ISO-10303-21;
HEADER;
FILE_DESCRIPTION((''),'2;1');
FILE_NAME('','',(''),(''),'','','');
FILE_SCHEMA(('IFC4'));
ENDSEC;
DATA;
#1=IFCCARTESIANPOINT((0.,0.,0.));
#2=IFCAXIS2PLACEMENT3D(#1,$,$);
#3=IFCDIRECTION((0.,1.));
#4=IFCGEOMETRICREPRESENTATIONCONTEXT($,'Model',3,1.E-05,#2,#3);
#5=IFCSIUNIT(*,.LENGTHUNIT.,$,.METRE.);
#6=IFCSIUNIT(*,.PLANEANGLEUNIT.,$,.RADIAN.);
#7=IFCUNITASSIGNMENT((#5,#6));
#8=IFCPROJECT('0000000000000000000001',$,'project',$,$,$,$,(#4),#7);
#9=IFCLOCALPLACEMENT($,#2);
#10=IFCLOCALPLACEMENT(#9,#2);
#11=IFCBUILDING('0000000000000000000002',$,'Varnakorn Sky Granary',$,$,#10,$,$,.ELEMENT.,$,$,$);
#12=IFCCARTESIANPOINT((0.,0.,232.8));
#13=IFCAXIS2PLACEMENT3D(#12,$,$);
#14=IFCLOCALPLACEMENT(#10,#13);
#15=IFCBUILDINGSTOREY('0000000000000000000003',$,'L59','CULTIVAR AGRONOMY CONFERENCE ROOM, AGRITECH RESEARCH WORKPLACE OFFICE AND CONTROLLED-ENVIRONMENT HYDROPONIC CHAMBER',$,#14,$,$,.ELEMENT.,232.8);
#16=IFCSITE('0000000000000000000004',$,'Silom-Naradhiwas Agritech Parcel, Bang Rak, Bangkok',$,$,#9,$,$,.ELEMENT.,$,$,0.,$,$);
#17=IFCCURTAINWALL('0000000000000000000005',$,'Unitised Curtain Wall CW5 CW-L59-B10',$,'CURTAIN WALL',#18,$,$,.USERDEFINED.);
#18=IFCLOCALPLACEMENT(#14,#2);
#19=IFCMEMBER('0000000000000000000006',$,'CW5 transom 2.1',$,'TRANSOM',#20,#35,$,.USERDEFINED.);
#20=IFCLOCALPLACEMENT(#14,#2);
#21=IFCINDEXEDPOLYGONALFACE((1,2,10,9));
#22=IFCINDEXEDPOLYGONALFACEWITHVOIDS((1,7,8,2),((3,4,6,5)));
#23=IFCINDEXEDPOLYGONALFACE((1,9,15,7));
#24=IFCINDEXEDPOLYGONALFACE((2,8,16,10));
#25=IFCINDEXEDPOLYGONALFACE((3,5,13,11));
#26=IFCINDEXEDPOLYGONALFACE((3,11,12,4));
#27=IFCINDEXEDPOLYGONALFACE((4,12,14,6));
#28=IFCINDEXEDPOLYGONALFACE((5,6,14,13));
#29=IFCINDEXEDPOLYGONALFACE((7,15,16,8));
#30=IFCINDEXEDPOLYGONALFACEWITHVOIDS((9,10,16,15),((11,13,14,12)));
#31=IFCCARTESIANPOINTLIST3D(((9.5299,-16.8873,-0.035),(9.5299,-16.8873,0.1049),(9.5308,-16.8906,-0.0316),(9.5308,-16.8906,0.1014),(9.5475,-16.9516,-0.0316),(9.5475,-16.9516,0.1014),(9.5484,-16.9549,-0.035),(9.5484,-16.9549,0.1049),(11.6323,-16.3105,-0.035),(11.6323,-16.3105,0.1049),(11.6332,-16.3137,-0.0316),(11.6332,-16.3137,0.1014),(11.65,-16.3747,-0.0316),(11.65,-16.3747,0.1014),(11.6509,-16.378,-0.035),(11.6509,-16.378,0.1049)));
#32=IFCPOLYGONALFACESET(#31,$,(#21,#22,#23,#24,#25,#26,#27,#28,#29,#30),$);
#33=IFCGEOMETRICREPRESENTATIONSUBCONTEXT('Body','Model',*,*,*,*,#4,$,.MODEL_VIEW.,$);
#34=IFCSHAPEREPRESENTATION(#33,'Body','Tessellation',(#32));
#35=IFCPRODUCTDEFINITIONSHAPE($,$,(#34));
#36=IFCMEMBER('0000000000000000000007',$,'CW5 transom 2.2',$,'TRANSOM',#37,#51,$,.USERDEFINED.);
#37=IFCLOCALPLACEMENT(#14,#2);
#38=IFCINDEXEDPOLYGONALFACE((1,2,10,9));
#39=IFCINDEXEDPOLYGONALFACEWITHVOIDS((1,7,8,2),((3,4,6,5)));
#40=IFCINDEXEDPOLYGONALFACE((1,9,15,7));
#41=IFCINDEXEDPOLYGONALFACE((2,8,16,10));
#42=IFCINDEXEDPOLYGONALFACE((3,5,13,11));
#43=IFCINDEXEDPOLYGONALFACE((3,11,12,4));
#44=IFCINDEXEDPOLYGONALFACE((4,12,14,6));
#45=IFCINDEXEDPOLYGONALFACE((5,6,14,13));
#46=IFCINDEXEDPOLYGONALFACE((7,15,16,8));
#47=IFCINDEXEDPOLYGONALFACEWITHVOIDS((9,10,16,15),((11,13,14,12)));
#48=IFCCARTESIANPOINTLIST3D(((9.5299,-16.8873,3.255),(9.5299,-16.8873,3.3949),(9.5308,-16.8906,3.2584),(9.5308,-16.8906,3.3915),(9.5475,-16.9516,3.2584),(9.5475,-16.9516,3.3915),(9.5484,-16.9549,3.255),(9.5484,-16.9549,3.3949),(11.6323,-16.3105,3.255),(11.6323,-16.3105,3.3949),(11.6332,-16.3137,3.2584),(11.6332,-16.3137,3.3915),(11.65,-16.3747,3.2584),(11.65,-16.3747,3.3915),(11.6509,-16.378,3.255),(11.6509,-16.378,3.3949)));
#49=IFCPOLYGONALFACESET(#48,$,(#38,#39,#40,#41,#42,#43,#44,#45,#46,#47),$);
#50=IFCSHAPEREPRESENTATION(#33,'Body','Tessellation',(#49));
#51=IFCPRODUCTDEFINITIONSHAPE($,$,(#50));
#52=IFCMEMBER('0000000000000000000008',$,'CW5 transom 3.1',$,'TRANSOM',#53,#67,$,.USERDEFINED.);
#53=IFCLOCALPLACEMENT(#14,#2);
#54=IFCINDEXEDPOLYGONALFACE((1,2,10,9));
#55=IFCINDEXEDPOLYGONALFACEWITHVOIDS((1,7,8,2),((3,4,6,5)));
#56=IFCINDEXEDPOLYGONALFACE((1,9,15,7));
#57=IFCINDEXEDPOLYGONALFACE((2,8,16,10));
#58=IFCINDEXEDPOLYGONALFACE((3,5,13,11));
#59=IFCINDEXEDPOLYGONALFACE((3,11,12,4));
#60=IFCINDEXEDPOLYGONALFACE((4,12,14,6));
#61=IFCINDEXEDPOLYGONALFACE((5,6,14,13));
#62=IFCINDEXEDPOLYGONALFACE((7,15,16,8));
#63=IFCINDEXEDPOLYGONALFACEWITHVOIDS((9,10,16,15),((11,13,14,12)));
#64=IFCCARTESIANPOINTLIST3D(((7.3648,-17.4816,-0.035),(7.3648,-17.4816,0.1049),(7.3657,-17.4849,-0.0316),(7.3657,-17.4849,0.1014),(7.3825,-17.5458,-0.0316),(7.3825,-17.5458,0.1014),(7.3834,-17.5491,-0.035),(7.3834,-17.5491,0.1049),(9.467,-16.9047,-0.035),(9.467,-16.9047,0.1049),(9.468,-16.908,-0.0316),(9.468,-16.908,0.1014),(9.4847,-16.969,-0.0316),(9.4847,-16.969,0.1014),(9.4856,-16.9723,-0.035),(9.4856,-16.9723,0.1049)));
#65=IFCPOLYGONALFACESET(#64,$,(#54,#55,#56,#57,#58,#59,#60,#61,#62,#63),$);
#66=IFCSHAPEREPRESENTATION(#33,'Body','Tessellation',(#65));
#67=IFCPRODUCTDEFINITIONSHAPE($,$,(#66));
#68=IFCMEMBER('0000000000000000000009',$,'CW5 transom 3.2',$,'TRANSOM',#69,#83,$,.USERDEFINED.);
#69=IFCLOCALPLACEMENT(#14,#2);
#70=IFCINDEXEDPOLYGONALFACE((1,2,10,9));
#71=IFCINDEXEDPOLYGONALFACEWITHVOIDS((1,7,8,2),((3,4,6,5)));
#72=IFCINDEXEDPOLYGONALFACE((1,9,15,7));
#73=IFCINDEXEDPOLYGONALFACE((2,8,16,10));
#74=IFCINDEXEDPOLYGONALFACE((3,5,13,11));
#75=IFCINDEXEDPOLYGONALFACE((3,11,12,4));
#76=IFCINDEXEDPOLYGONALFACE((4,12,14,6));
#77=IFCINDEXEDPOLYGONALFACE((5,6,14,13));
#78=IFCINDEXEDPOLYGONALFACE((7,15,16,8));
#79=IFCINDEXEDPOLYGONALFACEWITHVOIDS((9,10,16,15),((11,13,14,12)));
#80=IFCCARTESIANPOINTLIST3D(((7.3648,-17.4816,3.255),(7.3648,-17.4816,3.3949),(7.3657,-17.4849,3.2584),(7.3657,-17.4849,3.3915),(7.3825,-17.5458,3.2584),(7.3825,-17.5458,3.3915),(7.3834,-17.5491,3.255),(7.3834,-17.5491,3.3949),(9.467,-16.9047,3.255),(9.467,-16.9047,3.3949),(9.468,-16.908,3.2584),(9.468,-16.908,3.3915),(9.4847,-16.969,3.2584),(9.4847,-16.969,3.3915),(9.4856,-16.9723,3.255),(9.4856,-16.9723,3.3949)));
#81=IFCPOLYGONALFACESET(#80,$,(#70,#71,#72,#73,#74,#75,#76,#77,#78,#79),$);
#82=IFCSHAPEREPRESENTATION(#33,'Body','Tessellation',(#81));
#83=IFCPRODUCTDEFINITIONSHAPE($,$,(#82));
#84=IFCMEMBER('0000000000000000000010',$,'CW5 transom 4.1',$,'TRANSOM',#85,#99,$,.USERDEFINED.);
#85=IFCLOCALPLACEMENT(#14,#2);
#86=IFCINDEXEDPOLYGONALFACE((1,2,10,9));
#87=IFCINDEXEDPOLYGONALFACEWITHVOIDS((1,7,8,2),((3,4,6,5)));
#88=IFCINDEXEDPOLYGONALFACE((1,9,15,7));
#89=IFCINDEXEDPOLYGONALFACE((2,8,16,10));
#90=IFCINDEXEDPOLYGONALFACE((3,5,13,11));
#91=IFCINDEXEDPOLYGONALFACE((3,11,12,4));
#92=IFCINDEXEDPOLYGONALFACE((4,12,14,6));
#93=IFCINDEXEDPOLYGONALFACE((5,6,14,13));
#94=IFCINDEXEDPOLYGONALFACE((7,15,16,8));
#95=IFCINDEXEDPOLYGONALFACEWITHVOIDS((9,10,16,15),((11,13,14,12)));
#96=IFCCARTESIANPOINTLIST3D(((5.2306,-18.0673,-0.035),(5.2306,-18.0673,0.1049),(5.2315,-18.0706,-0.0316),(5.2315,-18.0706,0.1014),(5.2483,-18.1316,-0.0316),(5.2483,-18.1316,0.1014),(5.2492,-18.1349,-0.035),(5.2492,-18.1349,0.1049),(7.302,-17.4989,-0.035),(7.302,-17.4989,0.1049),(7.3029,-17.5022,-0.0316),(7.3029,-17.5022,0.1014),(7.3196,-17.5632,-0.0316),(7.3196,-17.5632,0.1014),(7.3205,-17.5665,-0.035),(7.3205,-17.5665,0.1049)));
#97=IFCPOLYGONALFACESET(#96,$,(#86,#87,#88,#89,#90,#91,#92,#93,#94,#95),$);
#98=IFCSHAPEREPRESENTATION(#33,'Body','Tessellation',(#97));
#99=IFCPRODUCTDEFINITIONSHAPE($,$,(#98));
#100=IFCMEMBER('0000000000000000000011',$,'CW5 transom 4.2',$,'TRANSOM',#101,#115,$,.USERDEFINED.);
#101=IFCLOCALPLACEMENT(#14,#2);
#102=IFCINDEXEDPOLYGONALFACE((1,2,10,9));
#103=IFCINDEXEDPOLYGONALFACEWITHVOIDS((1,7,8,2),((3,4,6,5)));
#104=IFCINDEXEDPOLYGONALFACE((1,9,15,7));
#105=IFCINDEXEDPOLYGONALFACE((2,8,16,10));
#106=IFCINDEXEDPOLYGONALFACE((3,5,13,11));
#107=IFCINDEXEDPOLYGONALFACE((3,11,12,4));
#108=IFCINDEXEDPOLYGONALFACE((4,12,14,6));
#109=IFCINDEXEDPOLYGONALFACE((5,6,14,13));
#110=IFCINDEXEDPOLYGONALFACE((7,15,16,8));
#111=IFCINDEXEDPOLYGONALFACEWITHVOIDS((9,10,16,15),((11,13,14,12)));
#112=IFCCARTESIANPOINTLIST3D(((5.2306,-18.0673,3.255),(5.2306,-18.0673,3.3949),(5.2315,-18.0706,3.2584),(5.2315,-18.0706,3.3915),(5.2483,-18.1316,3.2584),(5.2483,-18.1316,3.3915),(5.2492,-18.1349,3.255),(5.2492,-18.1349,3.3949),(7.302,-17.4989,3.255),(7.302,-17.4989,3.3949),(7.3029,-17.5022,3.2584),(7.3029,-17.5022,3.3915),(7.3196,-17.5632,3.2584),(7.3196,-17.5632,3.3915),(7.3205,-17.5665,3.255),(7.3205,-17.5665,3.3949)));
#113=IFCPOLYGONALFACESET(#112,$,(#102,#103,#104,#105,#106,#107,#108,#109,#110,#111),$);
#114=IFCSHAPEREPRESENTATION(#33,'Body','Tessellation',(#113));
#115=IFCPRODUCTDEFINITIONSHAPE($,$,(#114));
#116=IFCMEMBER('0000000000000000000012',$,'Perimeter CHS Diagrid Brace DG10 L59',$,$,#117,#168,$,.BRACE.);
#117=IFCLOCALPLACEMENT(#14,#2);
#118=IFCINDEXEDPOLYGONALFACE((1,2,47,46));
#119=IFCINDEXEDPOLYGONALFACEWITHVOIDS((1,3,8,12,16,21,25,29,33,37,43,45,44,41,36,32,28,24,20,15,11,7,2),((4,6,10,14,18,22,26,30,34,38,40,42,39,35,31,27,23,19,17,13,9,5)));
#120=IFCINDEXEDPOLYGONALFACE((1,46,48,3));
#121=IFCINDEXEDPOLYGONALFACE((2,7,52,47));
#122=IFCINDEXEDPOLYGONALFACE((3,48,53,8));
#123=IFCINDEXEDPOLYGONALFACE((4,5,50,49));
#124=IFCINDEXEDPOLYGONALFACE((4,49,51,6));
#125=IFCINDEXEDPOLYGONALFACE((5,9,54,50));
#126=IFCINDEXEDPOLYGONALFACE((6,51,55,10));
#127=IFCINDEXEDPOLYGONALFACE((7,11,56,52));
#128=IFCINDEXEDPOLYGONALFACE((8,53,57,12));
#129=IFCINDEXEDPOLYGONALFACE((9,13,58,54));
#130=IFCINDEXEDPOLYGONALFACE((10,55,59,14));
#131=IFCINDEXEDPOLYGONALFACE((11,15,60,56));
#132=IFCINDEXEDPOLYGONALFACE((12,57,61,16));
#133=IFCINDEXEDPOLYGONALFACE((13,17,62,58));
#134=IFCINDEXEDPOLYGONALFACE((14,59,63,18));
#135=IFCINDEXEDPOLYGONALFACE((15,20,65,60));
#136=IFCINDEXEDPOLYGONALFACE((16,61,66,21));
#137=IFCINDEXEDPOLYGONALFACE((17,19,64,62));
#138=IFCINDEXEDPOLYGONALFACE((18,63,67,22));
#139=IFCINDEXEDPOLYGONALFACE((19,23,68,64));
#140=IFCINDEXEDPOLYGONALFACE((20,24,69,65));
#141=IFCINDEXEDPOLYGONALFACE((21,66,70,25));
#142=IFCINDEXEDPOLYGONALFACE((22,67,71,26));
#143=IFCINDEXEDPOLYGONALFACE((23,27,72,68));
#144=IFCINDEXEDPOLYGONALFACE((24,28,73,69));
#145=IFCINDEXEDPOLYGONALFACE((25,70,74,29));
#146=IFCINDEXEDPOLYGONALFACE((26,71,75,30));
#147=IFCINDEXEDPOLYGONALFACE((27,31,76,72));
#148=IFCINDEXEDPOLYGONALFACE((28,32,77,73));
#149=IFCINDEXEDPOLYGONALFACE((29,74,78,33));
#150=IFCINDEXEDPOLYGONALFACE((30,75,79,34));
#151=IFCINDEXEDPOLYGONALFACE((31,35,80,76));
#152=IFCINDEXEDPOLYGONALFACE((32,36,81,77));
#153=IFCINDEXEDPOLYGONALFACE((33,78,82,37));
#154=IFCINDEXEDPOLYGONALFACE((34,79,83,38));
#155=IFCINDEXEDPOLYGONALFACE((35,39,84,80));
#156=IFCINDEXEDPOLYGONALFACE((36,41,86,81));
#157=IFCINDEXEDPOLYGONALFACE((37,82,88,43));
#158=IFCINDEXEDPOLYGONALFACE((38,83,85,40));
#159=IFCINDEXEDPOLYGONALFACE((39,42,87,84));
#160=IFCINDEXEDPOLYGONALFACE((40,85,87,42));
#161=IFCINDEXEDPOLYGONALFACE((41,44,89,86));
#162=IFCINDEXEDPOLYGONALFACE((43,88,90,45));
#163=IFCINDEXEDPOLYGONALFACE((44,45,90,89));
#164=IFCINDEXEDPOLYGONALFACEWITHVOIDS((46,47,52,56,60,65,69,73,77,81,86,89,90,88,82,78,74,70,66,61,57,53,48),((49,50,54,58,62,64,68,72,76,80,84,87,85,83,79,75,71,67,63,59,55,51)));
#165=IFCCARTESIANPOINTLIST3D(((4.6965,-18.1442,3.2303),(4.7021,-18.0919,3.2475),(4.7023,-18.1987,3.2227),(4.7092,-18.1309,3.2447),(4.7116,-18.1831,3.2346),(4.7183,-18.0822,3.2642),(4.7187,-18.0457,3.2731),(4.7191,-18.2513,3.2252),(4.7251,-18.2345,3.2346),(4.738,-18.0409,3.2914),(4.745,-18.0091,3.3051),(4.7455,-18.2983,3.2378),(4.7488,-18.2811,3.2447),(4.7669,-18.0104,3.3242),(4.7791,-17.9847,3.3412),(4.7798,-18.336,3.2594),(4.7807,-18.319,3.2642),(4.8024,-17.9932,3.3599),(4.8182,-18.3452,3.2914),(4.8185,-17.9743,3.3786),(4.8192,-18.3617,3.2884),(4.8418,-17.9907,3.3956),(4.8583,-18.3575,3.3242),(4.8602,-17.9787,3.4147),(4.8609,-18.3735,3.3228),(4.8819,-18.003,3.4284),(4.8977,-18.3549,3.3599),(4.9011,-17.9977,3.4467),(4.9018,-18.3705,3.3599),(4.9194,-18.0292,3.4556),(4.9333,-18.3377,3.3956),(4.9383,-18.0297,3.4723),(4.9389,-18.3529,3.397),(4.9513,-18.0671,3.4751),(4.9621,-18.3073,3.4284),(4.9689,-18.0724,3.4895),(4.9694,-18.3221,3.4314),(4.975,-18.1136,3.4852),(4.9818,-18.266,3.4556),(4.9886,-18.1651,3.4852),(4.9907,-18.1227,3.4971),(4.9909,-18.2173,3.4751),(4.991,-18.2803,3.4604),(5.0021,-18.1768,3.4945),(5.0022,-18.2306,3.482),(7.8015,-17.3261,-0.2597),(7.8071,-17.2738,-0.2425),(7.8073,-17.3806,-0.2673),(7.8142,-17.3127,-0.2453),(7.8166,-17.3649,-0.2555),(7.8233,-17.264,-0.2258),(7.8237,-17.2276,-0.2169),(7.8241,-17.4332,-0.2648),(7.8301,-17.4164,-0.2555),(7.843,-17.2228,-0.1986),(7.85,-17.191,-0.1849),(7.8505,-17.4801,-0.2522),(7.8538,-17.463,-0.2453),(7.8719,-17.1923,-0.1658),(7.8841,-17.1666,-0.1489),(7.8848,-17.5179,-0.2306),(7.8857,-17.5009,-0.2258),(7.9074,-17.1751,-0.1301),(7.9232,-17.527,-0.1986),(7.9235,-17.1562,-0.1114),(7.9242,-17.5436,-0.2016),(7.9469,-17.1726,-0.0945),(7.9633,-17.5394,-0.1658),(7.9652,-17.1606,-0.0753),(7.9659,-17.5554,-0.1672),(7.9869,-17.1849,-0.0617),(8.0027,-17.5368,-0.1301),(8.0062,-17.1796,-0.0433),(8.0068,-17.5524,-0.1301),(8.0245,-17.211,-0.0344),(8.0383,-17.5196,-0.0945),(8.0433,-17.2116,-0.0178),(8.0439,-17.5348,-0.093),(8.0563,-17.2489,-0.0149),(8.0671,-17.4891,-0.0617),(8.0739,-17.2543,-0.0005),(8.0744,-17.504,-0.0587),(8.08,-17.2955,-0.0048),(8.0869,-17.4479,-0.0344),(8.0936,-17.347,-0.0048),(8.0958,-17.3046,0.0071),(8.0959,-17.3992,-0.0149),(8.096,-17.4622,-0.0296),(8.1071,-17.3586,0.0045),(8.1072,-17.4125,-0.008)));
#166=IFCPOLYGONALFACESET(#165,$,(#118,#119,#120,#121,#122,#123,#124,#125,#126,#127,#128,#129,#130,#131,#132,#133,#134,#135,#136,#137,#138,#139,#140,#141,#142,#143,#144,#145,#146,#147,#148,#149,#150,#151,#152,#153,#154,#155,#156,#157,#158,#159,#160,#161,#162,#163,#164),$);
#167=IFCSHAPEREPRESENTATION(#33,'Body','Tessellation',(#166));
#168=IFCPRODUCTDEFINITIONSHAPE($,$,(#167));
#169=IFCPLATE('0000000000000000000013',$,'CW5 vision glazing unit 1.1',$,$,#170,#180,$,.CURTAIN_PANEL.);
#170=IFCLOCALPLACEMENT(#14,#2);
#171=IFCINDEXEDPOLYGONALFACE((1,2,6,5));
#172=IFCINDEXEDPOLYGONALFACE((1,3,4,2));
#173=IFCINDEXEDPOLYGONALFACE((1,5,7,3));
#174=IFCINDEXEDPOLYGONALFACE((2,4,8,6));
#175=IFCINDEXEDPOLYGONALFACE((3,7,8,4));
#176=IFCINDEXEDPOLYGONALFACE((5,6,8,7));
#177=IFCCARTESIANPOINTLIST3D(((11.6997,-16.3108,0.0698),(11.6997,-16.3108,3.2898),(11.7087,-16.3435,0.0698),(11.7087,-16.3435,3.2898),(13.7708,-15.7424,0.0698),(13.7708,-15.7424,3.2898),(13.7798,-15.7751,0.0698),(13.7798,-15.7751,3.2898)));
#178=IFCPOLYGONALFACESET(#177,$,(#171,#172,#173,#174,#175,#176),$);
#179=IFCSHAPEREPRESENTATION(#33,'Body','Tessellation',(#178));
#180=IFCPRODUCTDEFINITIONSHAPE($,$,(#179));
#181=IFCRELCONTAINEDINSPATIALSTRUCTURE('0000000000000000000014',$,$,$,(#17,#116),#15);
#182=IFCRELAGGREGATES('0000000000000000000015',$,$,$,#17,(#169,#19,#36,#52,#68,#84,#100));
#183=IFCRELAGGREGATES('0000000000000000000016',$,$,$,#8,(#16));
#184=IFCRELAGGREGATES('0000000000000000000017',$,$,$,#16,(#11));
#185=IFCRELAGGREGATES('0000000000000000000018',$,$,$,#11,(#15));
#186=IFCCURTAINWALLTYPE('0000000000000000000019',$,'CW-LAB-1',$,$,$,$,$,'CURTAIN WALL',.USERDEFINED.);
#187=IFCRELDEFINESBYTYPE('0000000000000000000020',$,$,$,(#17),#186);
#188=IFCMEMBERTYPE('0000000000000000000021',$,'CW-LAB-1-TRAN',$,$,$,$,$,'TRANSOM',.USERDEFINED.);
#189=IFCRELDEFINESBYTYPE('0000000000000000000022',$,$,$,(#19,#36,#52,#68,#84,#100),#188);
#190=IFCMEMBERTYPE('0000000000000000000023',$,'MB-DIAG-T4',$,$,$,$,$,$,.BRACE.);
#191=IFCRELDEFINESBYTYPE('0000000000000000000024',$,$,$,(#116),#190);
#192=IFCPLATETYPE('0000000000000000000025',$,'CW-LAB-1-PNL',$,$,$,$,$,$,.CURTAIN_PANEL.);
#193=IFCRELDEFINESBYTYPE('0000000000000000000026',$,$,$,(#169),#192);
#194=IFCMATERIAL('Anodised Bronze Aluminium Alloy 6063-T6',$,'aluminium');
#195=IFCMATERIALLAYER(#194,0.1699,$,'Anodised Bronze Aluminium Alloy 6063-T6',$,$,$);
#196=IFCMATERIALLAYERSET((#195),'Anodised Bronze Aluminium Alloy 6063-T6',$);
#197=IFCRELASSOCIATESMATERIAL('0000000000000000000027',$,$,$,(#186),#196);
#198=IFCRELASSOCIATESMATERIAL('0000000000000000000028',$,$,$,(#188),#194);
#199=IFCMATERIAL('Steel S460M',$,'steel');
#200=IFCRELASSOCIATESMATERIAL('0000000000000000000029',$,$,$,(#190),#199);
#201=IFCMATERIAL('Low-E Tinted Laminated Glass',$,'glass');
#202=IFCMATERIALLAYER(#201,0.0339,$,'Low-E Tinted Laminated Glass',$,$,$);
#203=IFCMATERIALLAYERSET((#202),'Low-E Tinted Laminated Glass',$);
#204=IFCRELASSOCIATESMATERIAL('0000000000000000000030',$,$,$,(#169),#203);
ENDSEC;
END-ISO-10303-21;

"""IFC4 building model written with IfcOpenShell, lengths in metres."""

from ifc_helpers import new_model, si_unit, direction, frame, origin, origin_2d, place, context, subcontext, project, spatial, rectangle, hollow_rectangle, hollow_circle, extrude, source, transform, mapped, material, layer, layer_set, material_profile, profile_set, type_object, element, aggregate, save


model = new_model("IFC4")

# Units and contexts
model_context = context("Model", 3, precision=1e-05, world=origin(), true_north=direction((0.0, 1.0)))
body_context = subcontext(model_context, "Body", "Model", "MODEL_VIEW")
ifc_project = project(units=[si_unit("LENGTHUNIT", "METRE"), si_unit("PLANEANGLEUNIT", "RADIAN")], contexts=[model_context])

# Site, building, storey
site_placement = place(None, origin())
site = spatial("IfcSite", under=ifc_project, at=site_placement, Name="Silom-Naradhiwas Agritech Parcel, Bang Rak, Bangkok", CompositionType="ELEMENT", RefElevation=0.0)
building_placement = place(site_placement, origin())
building = spatial("IfcBuilding", under=site, at=building_placement, Name="Varnakorn Sky Granary", CompositionType="ELEMENT")
storey_placement = place(building_placement, frame((0.0, 0.0, 232.8)))
storey = spatial("IfcBuildingStorey", under=building, at=storey_placement, Name="L59", Description="CULTIVAR AGRONOMY CONFERENCE ROOM, AGRITECH RESEARCH WORKPLACE OFFICE AND CONTROLLED-ENVIRONMENT HYDROPONIC CHAMBER", CompositionType="ELEMENT", Elevation=232.8)

# Shared definitions
ifc_material_1 = material(Name="Steel S460M", Category="steel")

# Curtain wall, members
ifc_material_2 = material(Name="Anodised Bronze Aluminium Alloy 6063-T6", Category="aluminium")
ifc_layer_1 = layer(ifc_material_2, 0.1699, Name="Anodised Bronze Aluminium Alloy 6063-T6")
ifc_layer_set_1 = layer_set([ifc_layer_1], Name="Anodised Bronze Aluminium Alloy 6063-T6")
curtain_wall_type = type_object("IfcCurtainWallType", Name="CW-LAB-1", ElementType="CURTAIN WALL", PredefinedType="USERDEFINED", material=ifc_layer_set_1)
curtain_wall_placement = place(storey_placement, origin())
curtain_wall = element("IfcCurtainWall", 1, at=curtain_wall_placement, inside=storey, type_object=curtain_wall_type, Name="Unitised Curtain Wall CW5 CW-L59-B10", ObjectType="CURTAIN WALL", PredefinedType="USERDEFINED")
ifc_material_profile_1 = material_profile(ifc_material_2, hollow_rectangle(XDim=0.0701, YDim=0.1399, WallThickness=0.0034, at=origin_2d()), Name="ALU TRAN 70x140")
ifc_profile_set_1 = profile_set([ifc_material_profile_1], Name="Anodised Bronze Aluminium Alloy 6063-T6")
member_type_1 = type_object("IfcMemberType", Name="CW-LAB-1-TRAN", ElementType="TRANSOM", PredefinedType="USERDEFINED", material=ifc_profile_set_1)
member_1_placement = place(storey_placement, frame((11.6416, -16.3442, 0.0349), z_axis=(-0.964357, -0.264605, 0.0), x_axis=(0.264605, -0.964357, 0.0)))
member_1 = element("IfcMember", 2, at=member_1_placement, type_object=member_type_1, Name="CW5 transom 2.1", ObjectType="TRANSOM", PredefinedType="USERDEFINED", context=body_context, shape_type="SweptSolid", body=[
    extrude(hollow_rectangle(XDim=0.0701, YDim=0.1399, WallThickness=0.0034, at=origin_2d()), origin(), (0.0, 0.0, 1.0), 2.1802),
])
member_2_placement = place(storey_placement, frame((11.6416, -16.3442, 3.325), z_axis=(-0.964357, -0.264605, 0.0), x_axis=(0.264605, -0.964357, 0.0)))
member_2 = element("IfcMember", 3, at=member_2_placement, type_object=member_type_1, Name="CW5 transom 2.2", ObjectType="TRANSOM", PredefinedType="USERDEFINED", context=body_context, shape_type="SweptSolid", body=[
    extrude(hollow_rectangle(XDim=0.0701, YDim=0.1399, WallThickness=0.0034, at=origin_2d()), origin(), (0.0, 0.0, 1.0), 2.1802),
])
member_3_placement = place(storey_placement, frame((9.4763, -16.9385, 0.0349), z_axis=(-0.964349, -0.264633, 0.0), x_axis=(0.264633, -0.964349, 0.0)))
member_3 = element("IfcMember", 4, at=member_3_placement, type_object=member_type_1, Name="CW5 transom 3.1", ObjectType="TRANSOM", PredefinedType="USERDEFINED", context=body_context, shape_type="SweptSolid", body=[
    extrude(hollow_rectangle(XDim=0.0701, YDim=0.1399, WallThickness=0.0034, at=origin_2d()), origin(), (0.0, 0.0, 1.0), 2.1799),
])
member_4_placement = place(storey_placement, frame((9.4763, -16.9385, 3.325), z_axis=(-0.964349, -0.264633, 0.0), x_axis=(0.264633, -0.964349, 0.0)))
member_4 = element("IfcMember", 5, at=member_4_placement, type_object=member_type_1, Name="CW5 transom 3.2", ObjectType="TRANSOM", PredefinedType="USERDEFINED", context=body_context, shape_type="SweptSolid", body=[
    extrude(hollow_rectangle(XDim=0.0701, YDim=0.1399, WallThickness=0.0034, at=origin_2d()), origin(), (0.0, 0.0, 1.0), 2.1799),
])
member_5_placement = place(storey_placement, frame((7.3113, -17.5327, 0.0349), z_axis=(-0.964353, -0.264617, 0.0), x_axis=(0.264617, -0.964353, 0.0)))
member_5 = element("IfcMember", 6, at=member_5_placement, type_object=member_type_1, Name="CW5 transom 4.1", ObjectType="TRANSOM", PredefinedType="USERDEFINED", context=body_context, shape_type="SweptSolid", body=[
    extrude(hollow_rectangle(XDim=0.0701, YDim=0.1399, WallThickness=0.0034, at=origin_2d()), origin(), (0.0, 0.0, 1.0), 2.1479),
])
member_6_placement = place(storey_placement, frame((7.3113, -17.5327, 3.325), z_axis=(-0.964353, -0.264617, 0.0), x_axis=(0.264617, -0.964353, 0.0)))
member_6 = element("IfcMember", 7, at=member_6_placement, type_object=member_type_1, Name="CW5 transom 4.2", ObjectType="TRANSOM", PredefinedType="USERDEFINED", context=body_context, shape_type="SweptSolid", body=[
    extrude(hollow_rectangle(XDim=0.0701, YDim=0.1399, WallThickness=0.0034, at=origin_2d()), origin(), (0.0, 0.0, 1.0), 2.1479),
])

# Member
ifc_material_profile_2 = material_profile(ifc_material_1, hollow_circle(Radius=0.2031, WallThickness=0.0161, at=origin_2d()), Name="CHS 406.4x16")
ifc_profile_set_2 = profile_set([ifc_material_profile_2], Name="Steel S460M")
member_type_2 = type_object("IfcMemberType", Name="MB-DIAG-T4", PredefinedType="BRACE", material=ifc_profile_set_2)
member_7_placement = place(storey_placement, frame((7.9551, -17.356, -0.1301), z_axis=(-0.654729, -0.172511, 0.735914), x_axis=(0.254789, -0.966997, 0.0)))
element("IfcMember", 8, at=member_7_placement, inside=storey, type_object=member_type_2, Name="Perimeter CHS Diagrid Brace DG10 L59", PredefinedType="BRACE", context=body_context, shape_type="SweptSolid", body=[
    extrude(hollow_circle(Radius=0.2031, WallThickness=0.0161, at=origin_2d()), origin(), (0.0, 0.0, 1.0), 4.7424),
])

# Plate
ifc_material_3 = material(Name="Low-E Tinted Laminated Glass", Category="glass")
ifc_layer_2 = layer(ifc_material_3, 0.0339, Name="Low-E Tinted Laminated Glass")
ifc_layer_set_2 = layer_set([ifc_layer_2], Name="Low-E Tinted Laminated Glass")
plate_type = type_object("IfcPlateType", Name="CW-LAB-1-PNL", PredefinedType="CURTAIN_PANEL")
shared_shape_1 = source(origin(), body_context, "Body", "SweptSolid", [
    extrude(rectangle(XDim=2.1477, YDim=0.0339, at=origin_2d()), origin(), (0.0, 0.0, 1.0), 3.22),
])
plate_1_placement = place(storey_placement, frame((12.7397, -16.043, 0.0698), z_axis=(0.0, 0.0, 1.0), x_axis=(-0.964347, -0.26464, 0.0)))
plate_1 = element("IfcPlate", 9, at=plate_1_placement, type_object=plate_type, material=ifc_layer_set_2, Name="CW5 vision glazing unit 1.1", PredefinedType="CURTAIN_PANEL", context=body_context, shape_type="MappedRepresentation", body=[
    mapped(shared_shape_1, transform((0.0, 0.0, 0.0), x_axis=(1.0, 0.0, 0.0), y_axis=(0.0, 1.0, 0.0), z_axis=(0.0, 0.0, 1.0), scale=1.0)),
])
aggregate(curtain_wall, [plate_1, member_1, member_2, member_3, member_4, member_5, member_6])

save(model, "model.ifc")
